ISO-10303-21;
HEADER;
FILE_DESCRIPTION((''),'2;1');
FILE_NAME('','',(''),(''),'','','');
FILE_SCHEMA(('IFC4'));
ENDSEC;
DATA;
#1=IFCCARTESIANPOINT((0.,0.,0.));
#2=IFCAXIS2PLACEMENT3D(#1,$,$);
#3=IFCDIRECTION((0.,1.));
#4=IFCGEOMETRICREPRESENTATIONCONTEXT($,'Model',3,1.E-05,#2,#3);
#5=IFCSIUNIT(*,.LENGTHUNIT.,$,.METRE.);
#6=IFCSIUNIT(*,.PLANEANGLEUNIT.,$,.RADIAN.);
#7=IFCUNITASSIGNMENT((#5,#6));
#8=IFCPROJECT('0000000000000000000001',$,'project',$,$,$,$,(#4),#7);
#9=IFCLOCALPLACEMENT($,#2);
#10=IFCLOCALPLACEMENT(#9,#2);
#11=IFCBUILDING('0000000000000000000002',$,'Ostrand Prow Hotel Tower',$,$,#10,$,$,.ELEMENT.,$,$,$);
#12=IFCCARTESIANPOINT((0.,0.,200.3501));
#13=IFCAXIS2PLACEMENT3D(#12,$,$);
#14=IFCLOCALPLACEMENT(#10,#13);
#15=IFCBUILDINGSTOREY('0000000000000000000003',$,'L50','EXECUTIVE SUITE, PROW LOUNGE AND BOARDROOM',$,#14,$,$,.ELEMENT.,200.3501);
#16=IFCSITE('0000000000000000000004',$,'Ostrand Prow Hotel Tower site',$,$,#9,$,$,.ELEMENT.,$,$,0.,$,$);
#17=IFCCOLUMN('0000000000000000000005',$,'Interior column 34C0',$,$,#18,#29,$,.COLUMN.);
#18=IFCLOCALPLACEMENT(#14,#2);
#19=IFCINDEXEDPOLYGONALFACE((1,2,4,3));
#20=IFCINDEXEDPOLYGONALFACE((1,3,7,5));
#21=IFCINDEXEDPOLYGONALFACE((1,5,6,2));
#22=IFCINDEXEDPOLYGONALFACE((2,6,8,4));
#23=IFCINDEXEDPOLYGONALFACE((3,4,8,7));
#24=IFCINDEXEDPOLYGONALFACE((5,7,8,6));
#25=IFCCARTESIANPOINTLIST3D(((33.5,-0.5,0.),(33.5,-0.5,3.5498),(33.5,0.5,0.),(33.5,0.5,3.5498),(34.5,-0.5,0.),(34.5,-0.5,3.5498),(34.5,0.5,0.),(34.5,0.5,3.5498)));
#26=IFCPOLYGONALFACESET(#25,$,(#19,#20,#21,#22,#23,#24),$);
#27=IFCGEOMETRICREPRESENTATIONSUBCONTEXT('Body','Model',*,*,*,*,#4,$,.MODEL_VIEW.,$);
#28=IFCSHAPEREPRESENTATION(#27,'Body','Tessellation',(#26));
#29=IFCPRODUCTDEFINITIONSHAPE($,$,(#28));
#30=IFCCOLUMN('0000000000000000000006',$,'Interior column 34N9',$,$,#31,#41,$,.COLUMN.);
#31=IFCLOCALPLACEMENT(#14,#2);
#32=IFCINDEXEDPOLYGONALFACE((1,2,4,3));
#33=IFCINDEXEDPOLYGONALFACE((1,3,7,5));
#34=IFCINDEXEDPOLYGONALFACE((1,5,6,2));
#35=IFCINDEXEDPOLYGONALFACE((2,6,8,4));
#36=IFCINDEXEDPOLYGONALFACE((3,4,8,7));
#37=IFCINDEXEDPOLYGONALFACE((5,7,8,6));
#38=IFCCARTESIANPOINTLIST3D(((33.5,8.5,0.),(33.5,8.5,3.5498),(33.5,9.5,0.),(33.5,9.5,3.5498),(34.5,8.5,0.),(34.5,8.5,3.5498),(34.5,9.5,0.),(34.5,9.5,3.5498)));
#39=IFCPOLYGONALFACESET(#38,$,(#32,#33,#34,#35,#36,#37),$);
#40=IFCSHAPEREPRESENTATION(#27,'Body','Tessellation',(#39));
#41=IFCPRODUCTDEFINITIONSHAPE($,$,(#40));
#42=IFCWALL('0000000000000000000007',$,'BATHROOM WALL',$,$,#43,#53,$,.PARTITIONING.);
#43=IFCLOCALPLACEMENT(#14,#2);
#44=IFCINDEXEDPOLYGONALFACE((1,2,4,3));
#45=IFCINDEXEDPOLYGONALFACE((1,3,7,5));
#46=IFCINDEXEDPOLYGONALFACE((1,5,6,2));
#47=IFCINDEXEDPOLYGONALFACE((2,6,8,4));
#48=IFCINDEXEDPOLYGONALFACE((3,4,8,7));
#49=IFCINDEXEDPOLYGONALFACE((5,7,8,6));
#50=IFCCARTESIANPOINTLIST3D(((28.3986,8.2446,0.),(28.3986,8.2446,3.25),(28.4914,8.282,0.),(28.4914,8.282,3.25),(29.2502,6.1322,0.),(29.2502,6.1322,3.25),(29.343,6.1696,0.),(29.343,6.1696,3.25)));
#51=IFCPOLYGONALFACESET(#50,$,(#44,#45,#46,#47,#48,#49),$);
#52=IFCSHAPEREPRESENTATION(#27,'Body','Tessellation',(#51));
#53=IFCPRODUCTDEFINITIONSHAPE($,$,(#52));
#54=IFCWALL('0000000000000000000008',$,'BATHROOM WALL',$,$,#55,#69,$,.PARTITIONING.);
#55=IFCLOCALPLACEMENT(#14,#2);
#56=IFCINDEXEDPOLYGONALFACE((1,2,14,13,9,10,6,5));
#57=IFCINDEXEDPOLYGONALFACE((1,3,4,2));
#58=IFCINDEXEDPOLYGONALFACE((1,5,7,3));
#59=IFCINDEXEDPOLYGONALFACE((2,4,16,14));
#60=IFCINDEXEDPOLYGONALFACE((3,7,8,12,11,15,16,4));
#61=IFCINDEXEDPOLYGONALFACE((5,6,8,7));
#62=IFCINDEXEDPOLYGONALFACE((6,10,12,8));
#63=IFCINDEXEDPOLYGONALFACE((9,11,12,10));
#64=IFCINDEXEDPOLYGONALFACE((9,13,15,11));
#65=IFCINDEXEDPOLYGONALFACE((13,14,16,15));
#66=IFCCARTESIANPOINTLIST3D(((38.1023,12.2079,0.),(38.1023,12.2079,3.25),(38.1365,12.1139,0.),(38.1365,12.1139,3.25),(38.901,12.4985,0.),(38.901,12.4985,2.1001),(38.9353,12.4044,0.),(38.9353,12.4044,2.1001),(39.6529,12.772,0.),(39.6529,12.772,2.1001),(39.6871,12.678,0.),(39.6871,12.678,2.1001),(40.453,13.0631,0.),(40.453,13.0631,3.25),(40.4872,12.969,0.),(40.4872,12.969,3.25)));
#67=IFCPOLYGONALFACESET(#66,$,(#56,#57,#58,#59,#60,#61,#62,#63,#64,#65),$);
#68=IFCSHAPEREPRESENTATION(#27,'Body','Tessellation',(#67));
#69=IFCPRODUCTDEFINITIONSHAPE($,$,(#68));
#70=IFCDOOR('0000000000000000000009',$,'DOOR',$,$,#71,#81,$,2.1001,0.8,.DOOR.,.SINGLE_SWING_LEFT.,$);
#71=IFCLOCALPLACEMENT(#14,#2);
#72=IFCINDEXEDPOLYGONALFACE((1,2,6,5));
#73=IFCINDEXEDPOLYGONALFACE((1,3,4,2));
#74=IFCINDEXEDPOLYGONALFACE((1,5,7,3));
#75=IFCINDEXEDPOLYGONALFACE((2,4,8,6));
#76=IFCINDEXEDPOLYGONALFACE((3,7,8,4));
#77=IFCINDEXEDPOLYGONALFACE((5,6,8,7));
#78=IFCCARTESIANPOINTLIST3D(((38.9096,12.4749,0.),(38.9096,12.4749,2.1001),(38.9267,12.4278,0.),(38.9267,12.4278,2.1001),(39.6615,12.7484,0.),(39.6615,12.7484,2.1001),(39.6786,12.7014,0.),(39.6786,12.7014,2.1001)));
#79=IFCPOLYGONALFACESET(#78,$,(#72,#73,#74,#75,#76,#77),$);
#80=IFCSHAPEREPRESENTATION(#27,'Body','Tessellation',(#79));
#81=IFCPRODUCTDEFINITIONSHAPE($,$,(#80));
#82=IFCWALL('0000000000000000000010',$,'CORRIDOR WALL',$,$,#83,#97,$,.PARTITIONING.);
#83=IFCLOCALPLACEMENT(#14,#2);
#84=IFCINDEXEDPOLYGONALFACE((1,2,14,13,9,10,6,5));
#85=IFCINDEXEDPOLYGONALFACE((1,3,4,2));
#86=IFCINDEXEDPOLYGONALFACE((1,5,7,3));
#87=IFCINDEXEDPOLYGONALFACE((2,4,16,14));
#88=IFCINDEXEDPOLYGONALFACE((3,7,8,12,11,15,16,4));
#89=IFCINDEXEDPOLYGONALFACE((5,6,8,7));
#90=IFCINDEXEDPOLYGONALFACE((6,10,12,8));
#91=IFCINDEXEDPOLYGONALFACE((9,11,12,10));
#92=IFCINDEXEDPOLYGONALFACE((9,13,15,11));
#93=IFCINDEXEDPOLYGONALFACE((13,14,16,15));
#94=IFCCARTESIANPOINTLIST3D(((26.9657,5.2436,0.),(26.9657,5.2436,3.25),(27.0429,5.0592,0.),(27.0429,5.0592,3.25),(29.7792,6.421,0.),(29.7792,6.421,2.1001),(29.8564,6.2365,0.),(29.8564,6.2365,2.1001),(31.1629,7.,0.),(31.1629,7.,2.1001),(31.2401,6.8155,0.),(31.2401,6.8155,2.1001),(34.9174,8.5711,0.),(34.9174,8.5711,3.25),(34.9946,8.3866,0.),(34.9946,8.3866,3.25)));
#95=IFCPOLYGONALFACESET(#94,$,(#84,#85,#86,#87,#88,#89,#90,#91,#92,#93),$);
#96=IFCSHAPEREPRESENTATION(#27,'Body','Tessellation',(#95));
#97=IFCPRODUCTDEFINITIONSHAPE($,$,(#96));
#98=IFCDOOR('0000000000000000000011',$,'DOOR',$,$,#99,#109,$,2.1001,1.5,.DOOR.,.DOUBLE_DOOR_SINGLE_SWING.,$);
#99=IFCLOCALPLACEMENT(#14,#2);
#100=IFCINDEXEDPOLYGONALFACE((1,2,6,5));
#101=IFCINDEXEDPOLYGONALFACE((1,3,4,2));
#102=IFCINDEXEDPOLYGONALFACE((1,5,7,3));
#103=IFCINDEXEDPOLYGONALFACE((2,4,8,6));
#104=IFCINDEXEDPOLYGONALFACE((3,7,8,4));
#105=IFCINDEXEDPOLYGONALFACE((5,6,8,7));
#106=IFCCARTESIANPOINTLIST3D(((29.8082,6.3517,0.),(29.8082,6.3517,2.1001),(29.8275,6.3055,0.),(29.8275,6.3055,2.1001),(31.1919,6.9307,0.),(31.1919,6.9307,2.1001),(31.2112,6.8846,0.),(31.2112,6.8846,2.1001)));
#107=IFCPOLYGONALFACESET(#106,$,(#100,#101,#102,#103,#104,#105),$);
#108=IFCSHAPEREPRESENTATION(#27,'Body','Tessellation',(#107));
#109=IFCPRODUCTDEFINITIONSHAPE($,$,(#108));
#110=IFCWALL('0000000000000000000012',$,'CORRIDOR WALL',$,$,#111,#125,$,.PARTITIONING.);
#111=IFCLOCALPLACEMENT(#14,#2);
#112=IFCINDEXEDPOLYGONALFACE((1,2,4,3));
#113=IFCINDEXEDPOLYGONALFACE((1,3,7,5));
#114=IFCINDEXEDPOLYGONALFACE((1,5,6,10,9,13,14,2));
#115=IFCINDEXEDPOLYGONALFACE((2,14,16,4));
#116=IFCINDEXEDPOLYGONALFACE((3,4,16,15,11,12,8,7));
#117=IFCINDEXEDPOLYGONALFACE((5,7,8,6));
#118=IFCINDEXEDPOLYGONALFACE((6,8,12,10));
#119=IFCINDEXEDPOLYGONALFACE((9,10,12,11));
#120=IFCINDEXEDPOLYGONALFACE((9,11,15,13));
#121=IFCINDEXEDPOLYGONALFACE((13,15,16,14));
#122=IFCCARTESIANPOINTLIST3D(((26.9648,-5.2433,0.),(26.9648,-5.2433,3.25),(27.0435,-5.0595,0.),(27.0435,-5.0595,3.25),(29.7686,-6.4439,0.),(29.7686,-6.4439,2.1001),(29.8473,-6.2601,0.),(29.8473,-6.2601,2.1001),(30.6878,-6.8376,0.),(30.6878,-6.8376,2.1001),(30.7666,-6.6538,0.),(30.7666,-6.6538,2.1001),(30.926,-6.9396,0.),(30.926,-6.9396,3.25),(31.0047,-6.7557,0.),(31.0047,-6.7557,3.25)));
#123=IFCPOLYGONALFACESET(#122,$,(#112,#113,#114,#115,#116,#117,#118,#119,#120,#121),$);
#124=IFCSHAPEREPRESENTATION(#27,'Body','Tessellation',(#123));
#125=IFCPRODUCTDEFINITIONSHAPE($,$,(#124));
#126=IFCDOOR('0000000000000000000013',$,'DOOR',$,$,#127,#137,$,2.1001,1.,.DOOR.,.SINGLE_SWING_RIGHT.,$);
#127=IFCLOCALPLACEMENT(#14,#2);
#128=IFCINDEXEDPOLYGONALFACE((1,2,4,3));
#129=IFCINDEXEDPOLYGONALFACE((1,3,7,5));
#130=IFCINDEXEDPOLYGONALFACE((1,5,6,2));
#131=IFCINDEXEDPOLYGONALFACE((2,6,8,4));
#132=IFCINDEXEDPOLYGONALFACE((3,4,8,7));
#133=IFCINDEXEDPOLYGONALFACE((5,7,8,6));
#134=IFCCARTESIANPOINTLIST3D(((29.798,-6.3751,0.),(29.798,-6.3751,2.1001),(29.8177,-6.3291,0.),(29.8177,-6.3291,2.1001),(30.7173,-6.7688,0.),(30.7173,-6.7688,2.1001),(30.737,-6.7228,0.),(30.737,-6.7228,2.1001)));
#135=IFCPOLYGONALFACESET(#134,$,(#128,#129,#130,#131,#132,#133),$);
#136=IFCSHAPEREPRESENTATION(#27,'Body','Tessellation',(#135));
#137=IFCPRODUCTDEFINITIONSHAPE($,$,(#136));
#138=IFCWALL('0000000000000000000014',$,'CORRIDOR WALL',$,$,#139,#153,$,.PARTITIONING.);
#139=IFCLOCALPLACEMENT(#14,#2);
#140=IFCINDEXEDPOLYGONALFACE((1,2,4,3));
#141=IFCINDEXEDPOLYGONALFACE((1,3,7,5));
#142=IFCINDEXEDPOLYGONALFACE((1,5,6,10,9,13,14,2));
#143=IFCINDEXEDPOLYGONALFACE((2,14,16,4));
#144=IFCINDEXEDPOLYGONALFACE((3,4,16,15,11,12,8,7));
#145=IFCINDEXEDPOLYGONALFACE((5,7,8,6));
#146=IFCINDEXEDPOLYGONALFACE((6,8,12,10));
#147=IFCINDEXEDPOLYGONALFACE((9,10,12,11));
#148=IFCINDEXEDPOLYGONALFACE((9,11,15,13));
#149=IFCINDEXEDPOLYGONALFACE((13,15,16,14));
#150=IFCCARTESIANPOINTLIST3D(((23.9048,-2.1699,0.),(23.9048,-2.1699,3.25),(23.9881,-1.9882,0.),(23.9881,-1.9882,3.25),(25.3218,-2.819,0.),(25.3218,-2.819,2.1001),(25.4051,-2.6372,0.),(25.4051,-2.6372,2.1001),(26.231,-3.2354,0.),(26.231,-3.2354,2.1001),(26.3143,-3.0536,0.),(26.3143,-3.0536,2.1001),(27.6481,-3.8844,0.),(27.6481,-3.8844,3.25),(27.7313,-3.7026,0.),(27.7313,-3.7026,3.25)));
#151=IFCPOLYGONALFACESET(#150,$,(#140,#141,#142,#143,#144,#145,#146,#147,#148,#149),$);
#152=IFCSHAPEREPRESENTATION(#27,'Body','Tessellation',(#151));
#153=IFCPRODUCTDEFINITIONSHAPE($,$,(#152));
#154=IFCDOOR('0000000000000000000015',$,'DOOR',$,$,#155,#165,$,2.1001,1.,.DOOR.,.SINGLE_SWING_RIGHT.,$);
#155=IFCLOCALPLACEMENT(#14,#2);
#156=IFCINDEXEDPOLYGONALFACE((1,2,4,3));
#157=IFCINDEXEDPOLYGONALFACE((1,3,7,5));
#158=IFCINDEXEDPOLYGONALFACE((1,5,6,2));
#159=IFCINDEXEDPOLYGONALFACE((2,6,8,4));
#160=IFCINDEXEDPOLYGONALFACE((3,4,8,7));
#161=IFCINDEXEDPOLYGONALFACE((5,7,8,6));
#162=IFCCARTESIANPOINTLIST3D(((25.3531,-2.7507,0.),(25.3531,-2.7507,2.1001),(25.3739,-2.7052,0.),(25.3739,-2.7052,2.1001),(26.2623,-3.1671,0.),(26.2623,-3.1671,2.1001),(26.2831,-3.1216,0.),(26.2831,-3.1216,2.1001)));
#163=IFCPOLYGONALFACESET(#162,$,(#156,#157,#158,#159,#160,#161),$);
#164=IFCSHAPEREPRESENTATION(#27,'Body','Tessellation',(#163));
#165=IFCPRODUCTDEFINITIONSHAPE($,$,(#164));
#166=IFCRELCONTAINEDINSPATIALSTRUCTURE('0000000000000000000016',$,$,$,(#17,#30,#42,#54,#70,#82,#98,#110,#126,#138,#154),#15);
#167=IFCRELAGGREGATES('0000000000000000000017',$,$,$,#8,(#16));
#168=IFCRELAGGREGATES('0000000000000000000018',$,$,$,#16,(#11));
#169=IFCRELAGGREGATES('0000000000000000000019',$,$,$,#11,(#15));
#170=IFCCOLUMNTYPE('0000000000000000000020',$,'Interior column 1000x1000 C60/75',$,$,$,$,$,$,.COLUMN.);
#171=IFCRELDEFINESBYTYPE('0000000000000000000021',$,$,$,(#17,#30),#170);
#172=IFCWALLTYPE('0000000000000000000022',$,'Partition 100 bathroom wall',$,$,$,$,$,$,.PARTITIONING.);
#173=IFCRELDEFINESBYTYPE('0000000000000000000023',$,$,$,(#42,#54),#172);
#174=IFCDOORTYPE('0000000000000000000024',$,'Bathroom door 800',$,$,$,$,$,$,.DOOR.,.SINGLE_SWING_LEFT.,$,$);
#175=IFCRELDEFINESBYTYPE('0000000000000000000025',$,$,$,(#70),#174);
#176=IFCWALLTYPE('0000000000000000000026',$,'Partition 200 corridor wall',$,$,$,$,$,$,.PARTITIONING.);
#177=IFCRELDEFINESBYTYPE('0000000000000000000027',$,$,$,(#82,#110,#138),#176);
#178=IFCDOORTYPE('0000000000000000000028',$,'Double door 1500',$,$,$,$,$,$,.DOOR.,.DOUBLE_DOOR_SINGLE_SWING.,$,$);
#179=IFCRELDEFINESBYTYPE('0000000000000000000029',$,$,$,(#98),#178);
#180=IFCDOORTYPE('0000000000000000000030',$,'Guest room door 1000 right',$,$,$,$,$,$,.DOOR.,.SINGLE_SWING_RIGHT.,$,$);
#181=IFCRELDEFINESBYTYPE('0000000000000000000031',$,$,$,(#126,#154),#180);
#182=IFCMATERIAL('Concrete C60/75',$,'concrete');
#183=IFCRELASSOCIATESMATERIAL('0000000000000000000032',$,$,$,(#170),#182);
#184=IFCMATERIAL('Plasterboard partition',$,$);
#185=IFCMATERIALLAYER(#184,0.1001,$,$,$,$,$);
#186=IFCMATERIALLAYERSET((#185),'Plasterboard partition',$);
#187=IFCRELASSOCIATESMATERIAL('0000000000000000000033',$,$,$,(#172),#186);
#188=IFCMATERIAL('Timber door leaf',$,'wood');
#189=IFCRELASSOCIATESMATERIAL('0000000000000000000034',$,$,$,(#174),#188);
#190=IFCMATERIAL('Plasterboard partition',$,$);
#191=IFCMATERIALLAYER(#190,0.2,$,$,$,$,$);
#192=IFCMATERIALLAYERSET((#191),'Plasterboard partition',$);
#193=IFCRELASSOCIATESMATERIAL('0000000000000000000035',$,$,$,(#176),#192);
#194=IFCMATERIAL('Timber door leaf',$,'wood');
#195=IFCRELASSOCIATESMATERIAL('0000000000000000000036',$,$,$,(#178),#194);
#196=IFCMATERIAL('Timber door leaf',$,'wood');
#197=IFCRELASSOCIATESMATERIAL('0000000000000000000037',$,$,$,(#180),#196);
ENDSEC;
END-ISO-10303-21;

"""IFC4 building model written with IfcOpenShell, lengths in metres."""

from ifc_helpers import new_model, si_unit, direction, frame, frame_2d, origin, origin_2d, place, context, subcontext, project, spatial, rectangle, extrude, material, layer, layer_set, material_profile, profile_set, type_object, element, fill, save


model = new_model("IFC4")

# Units and contexts
model_context = context("Model", 3, precision=1e-05, world=origin(), true_north=direction((0.0, 1.0)))
body_context = subcontext(model_context, "Body", "Model", "MODEL_VIEW")
ifc_project = project(units=[si_unit("LENGTHUNIT", "METRE"), si_unit("PLANEANGLEUNIT", "RADIAN")], contexts=[model_context])

# Site, building, storey
site_placement = place(None, origin())
site = spatial("IfcSite", under=ifc_project, at=site_placement, Name="Ostrand Prow Hotel Tower site", CompositionType="ELEMENT", RefElevation=0.0)
building_placement = place(site_placement, origin())
building = spatial("IfcBuilding", under=site, at=building_placement, Name="Ostrand Prow Hotel Tower", CompositionType="ELEMENT")
storey_placement = place(building_placement, frame((0.0, 0.0, 200.3501)))
storey = spatial("IfcBuildingStorey", under=building, at=storey_placement, Name="L50", Description="EXECUTIVE SUITE, PROW LOUNGE AND BOARDROOM", CompositionType="ELEMENT", Elevation=200.3501)

# Columns
ifc_material_1 = material(Name="Concrete C60/75", Category="concrete")
ifc_material_profile = material_profile(ifc_material_1, rectangle(XDim=1.0, YDim=1.0, at=origin_2d()), Name="RC 1000x1000")
ifc_profile_set = profile_set([ifc_material_profile], Name="Concrete C60/75")
column_type = type_object("IfcColumnType", Name="Interior column 1000x1000 C60/75", PredefinedType="COLUMN", material=ifc_profile_set)
for number, where, z_axis, x_axis, name in (
    (1, (34.0, 0.0, 0.0), (0.0, 0.0, 1.0), (1.0, 0.0, 0.0), "Interior column 34C0"),
    (2, (34.0, 9.0, 0.0), (0.0, 0.0, 1.0), (1.0, 0.0, 0.0), "Interior column 34N9"),
):
    element("IfcColumn", number, at=place(storey_placement, frame(where, z_axis=z_axis, x_axis=x_axis)), inside=storey, type_object=column_type, Name=name, PredefinedType="COLUMN", context=body_context, shape_type="SweptSolid", body=[
        extrude(rectangle(XDim=1.0, YDim=1.0, at=origin_2d()), origin(), (0.0, 0.0, 1.0), 3.5498),
    ])

# Wall
ifc_material_2 = material(Name="Plasterboard partition")
ifc_layer_1 = layer(ifc_material_2, 0.1001)
ifc_layer_set_1 = layer_set([ifc_layer_1], Name="Plasterboard partition")
wall_type_1 = type_object("IfcWallType", Name="Partition 100 bathroom wall", PredefinedType="PARTITIONING", material=ifc_layer_set_1)
wall_1_placement = place(storey_placement, frame((28.4451, 8.2632, 0.0), z_axis=(0.0, 0.0, 1.0), x_axis=(0.373903, -0.927468, 0.0)))
element("IfcWall", 3, at=wall_1_placement, inside=storey, type_object=wall_type_1, Name="BATHROOM WALL", PredefinedType="PARTITIONING", context=body_context, shape_type="SweptSolid", body=[
    extrude(rectangle(XDim=2.2776, YDim=0.1001, at=frame_2d((1.1387, 0.0))), origin(), (0.0, 0.0, 1.0), 3.25),
])

# Walls, openings, doors
wall_2_placement = place(storey_placement, frame((38.1194, 12.1609, 0.0), z_axis=(0.0, 0.0, 1.0), x_axis=(0.939745, 0.341876, 0.0)))
wall_2 = element("IfcWall", 4, at=wall_2_placement, inside=storey, type_object=wall_type_1, Name="BATHROOM WALL", PredefinedType="PARTITIONING", context=body_context, shape_type="SweptSolid", body=[
    extrude(rectangle(XDim=2.5015, YDim=0.1001, at=frame_2d((1.2507, 0.0))), origin(), (0.0, 0.0, 1.0), 3.25),
])
opening_1_placement = place(wall_2_placement, frame((0.8501, 0.0, 0.0)))
opening_1 = element("IfcOpeningElement", 5, at=opening_1_placement, cuts=wall_2, PredefinedType="OPENING", context=body_context, shape_type="SweptSolid", body=[
    extrude(rectangle(XDim=0.8, YDim=2.1001, at=frame_2d((0.3999, 1.05))), frame((0.0, 0.0601, 0.0), z_axis=(0.0, -1.0, 0.0), x_axis=(1.0, 0.0, 0.0)), (0.0, 0.0, 1.0), 0.1201),
])
ifc_material_3 = material(Name="Timber door leaf", Category="wood")
door_type_1 = type_object("IfcDoorType", Name="Bathroom door 800", OperationType="SINGLE_SWING_LEFT", PredefinedType="DOOR", material=ifc_material_3)
door_1_placement = place(opening_1_placement, origin())
door_1 = element("IfcDoor", 6, at=door_1_placement, inside=storey, type_object=door_type_1, Name="DOOR", OperationType="SINGLE_SWING_LEFT", OverallHeight=2.1001, OverallWidth=0.8, PredefinedType="DOOR", context=body_context, shape_type="SweptSolid", body=[
    extrude(rectangle(XDim=0.8, YDim=2.1001, at=frame_2d((0.3999, 1.05))), frame((0.0, 0.0249, 0.0), z_axis=(0.0, -1.0, 0.0), x_axis=(1.0, 0.0, 0.0)), (0.0, 0.0, 1.0), 0.05),
])
fill(opening_1, door_1)
ifc_material_4 = material(Name="Plasterboard partition")
ifc_layer_2 = layer(ifc_material_4, 0.2)
ifc_layer_set_2 = layer_set([ifc_layer_2], Name="Plasterboard partition")
wall_type_2 = type_object("IfcWallType", Name="Partition 200 corridor wall", PredefinedType="PARTITIONING", material=ifc_layer_set_2)
wall_3_placement = place(storey_placement, frame((27.0042, 5.1514, 0.0), z_axis=(0.0, 0.0, 1.0), x_axis=(0.922491, 0.386019, 0.0)))
wall_3 = element("IfcWall", 7, at=wall_3_placement, inside=storey, type_object=wall_type_2, Name="CORRIDOR WALL", PredefinedType="PARTITIONING", context=body_context, shape_type="SweptSolid", body=[
    extrude(rectangle(XDim=8.6199, YDim=0.2, at=frame_2d((4.3101, 0.0))), origin(), (0.0, 0.0, 1.0), 3.25),
])
opening_2_placement = place(wall_3_placement, frame((3.05, 0.0, 0.0)))
opening_2 = element("IfcOpeningElement", 8, at=opening_2_placement, cuts=wall_3, PredefinedType="OPENING", context=body_context, shape_type="SweptSolid", body=[
    extrude(rectangle(XDim=1.5, YDim=2.1001, at=frame_2d((0.75, 1.05))), frame((0.0, 0.1099, 0.0), z_axis=(0.0, -1.0, 0.0), x_axis=(1.0, 0.0, 0.0)), (0.0, 0.0, 1.0), 0.22),
])
ifc_material_5 = material(Name="Timber door leaf", Category="wood")
door_type_2 = type_object("IfcDoorType", Name="Double door 1500", OperationType="DOUBLE_DOOR_SINGLE_SWING", PredefinedType="DOOR", material=ifc_material_5)
door_2_placement = place(opening_2_placement, origin())
door_2 = element("IfcDoor", 9, at=door_2_placement, inside=storey, type_object=door_type_2, Name="DOOR", OperationType="DOUBLE_DOOR_SINGLE_SWING", OverallHeight=2.1001, OverallWidth=1.5, PredefinedType="DOOR", context=body_context, shape_type="SweptSolid", body=[
    extrude(rectangle(XDim=1.5, YDim=2.1001, at=frame_2d((0.75, 1.05))), frame((0.0, 0.0249, 0.0), z_axis=(0.0, -1.0, 0.0), x_axis=(1.0, 0.0, 0.0)), (0.0, 0.0, 1.0), 0.05),
])
fill(opening_2, door_2)
wall_4_placement = place(storey_placement, frame((27.0042, -5.1514, 0.0), z_axis=(0.0, 0.0, 1.0), x_axis=(0.919259, -0.393653, 0.0)))
wall_4 = element("IfcWall", 10, at=wall_4_placement, inside=storey, type_object=wall_type_2, Name="CORRIDOR WALL", PredefinedType="PARTITIONING", context=body_context, shape_type="SweptSolid", body=[
    extrude(rectangle(XDim=4.3091, YDim=0.2, at=frame_2d((2.1545, 0.0))), origin(), (0.0, 0.0, 1.0), 3.25),
])
opening_3_placement = place(wall_4_placement, frame((3.05, 0.0, 0.0)))
opening_3 = element("IfcOpeningElement", 11, at=opening_3_placement, cuts=wall_4, PredefinedType="OPENING", context=body_context, shape_type="SweptSolid", body=[
    extrude(rectangle(XDim=1.0, YDim=2.1001, at=frame_2d((0.5, 1.05))), frame((0.0, 0.1099, 0.0), z_axis=(0.0, -1.0, 0.0), x_axis=(1.0, 0.0, 0.0)), (0.0, 0.0, 1.0), 0.22),
])
ifc_material_6 = material(Name="Timber door leaf", Category="wood")
door_type_3 = type_object("IfcDoorType", Name="Guest room door 1000 right", OperationType="SINGLE_SWING_RIGHT", PredefinedType="DOOR", material=ifc_material_6)
door_3_placement = place(opening_3_placement, origin())
door_3 = element("IfcDoor", 12, at=door_3_placement, inside=storey, type_object=door_type_3, Name="DOOR", OperationType="SINGLE_SWING_RIGHT", OverallHeight=2.1001, OverallWidth=1.0, PredefinedType="DOOR", context=body_context, shape_type="SweptSolid", body=[
    extrude(rectangle(XDim=1.0, YDim=2.1001, at=frame_2d((0.5, 1.05))), frame((0.0, 0.0249, 0.0), z_axis=(0.0, -1.0, 0.0), x_axis=(1.0, 0.0, 0.0)), (0.0, 0.0, 1.0), 0.05),
])
fill(opening_3, door_3)
wall_5_placement = place(storey_placement, frame((27.6897, -3.7935, 0.0), z_axis=(0.0, 0.0, 1.0), x_axis=(-0.909181, 0.416402, 0.0)))
wall_5 = element("IfcWall", 13, at=wall_5_placement, inside=storey, type_object=wall_type_2, Name="CORRIDOR WALL", PredefinedType="PARTITIONING", context=body_context, shape_type="SweptSolid", body=[
    extrude(rectangle(XDim=4.1172, YDim=0.2, at=frame_2d((2.0586, 0.0))), origin(), (0.0, 0.0, 1.0), 3.25),
])
opening_4_placement = place(wall_5_placement, frame((1.5586, 0.0, 0.0)))
opening_4 = element("IfcOpeningElement", 14, at=opening_4_placement, cuts=wall_5, PredefinedType="OPENING", context=body_context, shape_type="SweptSolid", body=[
    extrude(rectangle(XDim=1.0, YDim=2.1001, at=frame_2d((0.5, 1.05))), frame((0.0, 0.1099, 0.0), z_axis=(0.0, -1.0, 0.0), x_axis=(1.0, 0.0, 0.0)), (0.0, 0.0, 1.0), 0.22),
])
door_4_placement = place(opening_4_placement, origin())
door_4 = element("IfcDoor", 15, at=door_4_placement, inside=storey, type_object=door_type_3, Name="DOOR", OperationType="SINGLE_SWING_RIGHT", OverallHeight=2.1001, OverallWidth=1.0, PredefinedType="DOOR", context=body_context, shape_type="SweptSolid", body=[
    extrude(rectangle(XDim=1.0, YDim=2.1001, at=frame_2d((0.5, 1.05))), frame((0.0, 0.0249, 0.0), z_axis=(0.0, -1.0, 0.0), x_axis=(1.0, 0.0, 0.0)), (0.0, 0.0, 1.0), 0.05),
])
fill(opening_4, door_4)

save(model, "model.ifc")
